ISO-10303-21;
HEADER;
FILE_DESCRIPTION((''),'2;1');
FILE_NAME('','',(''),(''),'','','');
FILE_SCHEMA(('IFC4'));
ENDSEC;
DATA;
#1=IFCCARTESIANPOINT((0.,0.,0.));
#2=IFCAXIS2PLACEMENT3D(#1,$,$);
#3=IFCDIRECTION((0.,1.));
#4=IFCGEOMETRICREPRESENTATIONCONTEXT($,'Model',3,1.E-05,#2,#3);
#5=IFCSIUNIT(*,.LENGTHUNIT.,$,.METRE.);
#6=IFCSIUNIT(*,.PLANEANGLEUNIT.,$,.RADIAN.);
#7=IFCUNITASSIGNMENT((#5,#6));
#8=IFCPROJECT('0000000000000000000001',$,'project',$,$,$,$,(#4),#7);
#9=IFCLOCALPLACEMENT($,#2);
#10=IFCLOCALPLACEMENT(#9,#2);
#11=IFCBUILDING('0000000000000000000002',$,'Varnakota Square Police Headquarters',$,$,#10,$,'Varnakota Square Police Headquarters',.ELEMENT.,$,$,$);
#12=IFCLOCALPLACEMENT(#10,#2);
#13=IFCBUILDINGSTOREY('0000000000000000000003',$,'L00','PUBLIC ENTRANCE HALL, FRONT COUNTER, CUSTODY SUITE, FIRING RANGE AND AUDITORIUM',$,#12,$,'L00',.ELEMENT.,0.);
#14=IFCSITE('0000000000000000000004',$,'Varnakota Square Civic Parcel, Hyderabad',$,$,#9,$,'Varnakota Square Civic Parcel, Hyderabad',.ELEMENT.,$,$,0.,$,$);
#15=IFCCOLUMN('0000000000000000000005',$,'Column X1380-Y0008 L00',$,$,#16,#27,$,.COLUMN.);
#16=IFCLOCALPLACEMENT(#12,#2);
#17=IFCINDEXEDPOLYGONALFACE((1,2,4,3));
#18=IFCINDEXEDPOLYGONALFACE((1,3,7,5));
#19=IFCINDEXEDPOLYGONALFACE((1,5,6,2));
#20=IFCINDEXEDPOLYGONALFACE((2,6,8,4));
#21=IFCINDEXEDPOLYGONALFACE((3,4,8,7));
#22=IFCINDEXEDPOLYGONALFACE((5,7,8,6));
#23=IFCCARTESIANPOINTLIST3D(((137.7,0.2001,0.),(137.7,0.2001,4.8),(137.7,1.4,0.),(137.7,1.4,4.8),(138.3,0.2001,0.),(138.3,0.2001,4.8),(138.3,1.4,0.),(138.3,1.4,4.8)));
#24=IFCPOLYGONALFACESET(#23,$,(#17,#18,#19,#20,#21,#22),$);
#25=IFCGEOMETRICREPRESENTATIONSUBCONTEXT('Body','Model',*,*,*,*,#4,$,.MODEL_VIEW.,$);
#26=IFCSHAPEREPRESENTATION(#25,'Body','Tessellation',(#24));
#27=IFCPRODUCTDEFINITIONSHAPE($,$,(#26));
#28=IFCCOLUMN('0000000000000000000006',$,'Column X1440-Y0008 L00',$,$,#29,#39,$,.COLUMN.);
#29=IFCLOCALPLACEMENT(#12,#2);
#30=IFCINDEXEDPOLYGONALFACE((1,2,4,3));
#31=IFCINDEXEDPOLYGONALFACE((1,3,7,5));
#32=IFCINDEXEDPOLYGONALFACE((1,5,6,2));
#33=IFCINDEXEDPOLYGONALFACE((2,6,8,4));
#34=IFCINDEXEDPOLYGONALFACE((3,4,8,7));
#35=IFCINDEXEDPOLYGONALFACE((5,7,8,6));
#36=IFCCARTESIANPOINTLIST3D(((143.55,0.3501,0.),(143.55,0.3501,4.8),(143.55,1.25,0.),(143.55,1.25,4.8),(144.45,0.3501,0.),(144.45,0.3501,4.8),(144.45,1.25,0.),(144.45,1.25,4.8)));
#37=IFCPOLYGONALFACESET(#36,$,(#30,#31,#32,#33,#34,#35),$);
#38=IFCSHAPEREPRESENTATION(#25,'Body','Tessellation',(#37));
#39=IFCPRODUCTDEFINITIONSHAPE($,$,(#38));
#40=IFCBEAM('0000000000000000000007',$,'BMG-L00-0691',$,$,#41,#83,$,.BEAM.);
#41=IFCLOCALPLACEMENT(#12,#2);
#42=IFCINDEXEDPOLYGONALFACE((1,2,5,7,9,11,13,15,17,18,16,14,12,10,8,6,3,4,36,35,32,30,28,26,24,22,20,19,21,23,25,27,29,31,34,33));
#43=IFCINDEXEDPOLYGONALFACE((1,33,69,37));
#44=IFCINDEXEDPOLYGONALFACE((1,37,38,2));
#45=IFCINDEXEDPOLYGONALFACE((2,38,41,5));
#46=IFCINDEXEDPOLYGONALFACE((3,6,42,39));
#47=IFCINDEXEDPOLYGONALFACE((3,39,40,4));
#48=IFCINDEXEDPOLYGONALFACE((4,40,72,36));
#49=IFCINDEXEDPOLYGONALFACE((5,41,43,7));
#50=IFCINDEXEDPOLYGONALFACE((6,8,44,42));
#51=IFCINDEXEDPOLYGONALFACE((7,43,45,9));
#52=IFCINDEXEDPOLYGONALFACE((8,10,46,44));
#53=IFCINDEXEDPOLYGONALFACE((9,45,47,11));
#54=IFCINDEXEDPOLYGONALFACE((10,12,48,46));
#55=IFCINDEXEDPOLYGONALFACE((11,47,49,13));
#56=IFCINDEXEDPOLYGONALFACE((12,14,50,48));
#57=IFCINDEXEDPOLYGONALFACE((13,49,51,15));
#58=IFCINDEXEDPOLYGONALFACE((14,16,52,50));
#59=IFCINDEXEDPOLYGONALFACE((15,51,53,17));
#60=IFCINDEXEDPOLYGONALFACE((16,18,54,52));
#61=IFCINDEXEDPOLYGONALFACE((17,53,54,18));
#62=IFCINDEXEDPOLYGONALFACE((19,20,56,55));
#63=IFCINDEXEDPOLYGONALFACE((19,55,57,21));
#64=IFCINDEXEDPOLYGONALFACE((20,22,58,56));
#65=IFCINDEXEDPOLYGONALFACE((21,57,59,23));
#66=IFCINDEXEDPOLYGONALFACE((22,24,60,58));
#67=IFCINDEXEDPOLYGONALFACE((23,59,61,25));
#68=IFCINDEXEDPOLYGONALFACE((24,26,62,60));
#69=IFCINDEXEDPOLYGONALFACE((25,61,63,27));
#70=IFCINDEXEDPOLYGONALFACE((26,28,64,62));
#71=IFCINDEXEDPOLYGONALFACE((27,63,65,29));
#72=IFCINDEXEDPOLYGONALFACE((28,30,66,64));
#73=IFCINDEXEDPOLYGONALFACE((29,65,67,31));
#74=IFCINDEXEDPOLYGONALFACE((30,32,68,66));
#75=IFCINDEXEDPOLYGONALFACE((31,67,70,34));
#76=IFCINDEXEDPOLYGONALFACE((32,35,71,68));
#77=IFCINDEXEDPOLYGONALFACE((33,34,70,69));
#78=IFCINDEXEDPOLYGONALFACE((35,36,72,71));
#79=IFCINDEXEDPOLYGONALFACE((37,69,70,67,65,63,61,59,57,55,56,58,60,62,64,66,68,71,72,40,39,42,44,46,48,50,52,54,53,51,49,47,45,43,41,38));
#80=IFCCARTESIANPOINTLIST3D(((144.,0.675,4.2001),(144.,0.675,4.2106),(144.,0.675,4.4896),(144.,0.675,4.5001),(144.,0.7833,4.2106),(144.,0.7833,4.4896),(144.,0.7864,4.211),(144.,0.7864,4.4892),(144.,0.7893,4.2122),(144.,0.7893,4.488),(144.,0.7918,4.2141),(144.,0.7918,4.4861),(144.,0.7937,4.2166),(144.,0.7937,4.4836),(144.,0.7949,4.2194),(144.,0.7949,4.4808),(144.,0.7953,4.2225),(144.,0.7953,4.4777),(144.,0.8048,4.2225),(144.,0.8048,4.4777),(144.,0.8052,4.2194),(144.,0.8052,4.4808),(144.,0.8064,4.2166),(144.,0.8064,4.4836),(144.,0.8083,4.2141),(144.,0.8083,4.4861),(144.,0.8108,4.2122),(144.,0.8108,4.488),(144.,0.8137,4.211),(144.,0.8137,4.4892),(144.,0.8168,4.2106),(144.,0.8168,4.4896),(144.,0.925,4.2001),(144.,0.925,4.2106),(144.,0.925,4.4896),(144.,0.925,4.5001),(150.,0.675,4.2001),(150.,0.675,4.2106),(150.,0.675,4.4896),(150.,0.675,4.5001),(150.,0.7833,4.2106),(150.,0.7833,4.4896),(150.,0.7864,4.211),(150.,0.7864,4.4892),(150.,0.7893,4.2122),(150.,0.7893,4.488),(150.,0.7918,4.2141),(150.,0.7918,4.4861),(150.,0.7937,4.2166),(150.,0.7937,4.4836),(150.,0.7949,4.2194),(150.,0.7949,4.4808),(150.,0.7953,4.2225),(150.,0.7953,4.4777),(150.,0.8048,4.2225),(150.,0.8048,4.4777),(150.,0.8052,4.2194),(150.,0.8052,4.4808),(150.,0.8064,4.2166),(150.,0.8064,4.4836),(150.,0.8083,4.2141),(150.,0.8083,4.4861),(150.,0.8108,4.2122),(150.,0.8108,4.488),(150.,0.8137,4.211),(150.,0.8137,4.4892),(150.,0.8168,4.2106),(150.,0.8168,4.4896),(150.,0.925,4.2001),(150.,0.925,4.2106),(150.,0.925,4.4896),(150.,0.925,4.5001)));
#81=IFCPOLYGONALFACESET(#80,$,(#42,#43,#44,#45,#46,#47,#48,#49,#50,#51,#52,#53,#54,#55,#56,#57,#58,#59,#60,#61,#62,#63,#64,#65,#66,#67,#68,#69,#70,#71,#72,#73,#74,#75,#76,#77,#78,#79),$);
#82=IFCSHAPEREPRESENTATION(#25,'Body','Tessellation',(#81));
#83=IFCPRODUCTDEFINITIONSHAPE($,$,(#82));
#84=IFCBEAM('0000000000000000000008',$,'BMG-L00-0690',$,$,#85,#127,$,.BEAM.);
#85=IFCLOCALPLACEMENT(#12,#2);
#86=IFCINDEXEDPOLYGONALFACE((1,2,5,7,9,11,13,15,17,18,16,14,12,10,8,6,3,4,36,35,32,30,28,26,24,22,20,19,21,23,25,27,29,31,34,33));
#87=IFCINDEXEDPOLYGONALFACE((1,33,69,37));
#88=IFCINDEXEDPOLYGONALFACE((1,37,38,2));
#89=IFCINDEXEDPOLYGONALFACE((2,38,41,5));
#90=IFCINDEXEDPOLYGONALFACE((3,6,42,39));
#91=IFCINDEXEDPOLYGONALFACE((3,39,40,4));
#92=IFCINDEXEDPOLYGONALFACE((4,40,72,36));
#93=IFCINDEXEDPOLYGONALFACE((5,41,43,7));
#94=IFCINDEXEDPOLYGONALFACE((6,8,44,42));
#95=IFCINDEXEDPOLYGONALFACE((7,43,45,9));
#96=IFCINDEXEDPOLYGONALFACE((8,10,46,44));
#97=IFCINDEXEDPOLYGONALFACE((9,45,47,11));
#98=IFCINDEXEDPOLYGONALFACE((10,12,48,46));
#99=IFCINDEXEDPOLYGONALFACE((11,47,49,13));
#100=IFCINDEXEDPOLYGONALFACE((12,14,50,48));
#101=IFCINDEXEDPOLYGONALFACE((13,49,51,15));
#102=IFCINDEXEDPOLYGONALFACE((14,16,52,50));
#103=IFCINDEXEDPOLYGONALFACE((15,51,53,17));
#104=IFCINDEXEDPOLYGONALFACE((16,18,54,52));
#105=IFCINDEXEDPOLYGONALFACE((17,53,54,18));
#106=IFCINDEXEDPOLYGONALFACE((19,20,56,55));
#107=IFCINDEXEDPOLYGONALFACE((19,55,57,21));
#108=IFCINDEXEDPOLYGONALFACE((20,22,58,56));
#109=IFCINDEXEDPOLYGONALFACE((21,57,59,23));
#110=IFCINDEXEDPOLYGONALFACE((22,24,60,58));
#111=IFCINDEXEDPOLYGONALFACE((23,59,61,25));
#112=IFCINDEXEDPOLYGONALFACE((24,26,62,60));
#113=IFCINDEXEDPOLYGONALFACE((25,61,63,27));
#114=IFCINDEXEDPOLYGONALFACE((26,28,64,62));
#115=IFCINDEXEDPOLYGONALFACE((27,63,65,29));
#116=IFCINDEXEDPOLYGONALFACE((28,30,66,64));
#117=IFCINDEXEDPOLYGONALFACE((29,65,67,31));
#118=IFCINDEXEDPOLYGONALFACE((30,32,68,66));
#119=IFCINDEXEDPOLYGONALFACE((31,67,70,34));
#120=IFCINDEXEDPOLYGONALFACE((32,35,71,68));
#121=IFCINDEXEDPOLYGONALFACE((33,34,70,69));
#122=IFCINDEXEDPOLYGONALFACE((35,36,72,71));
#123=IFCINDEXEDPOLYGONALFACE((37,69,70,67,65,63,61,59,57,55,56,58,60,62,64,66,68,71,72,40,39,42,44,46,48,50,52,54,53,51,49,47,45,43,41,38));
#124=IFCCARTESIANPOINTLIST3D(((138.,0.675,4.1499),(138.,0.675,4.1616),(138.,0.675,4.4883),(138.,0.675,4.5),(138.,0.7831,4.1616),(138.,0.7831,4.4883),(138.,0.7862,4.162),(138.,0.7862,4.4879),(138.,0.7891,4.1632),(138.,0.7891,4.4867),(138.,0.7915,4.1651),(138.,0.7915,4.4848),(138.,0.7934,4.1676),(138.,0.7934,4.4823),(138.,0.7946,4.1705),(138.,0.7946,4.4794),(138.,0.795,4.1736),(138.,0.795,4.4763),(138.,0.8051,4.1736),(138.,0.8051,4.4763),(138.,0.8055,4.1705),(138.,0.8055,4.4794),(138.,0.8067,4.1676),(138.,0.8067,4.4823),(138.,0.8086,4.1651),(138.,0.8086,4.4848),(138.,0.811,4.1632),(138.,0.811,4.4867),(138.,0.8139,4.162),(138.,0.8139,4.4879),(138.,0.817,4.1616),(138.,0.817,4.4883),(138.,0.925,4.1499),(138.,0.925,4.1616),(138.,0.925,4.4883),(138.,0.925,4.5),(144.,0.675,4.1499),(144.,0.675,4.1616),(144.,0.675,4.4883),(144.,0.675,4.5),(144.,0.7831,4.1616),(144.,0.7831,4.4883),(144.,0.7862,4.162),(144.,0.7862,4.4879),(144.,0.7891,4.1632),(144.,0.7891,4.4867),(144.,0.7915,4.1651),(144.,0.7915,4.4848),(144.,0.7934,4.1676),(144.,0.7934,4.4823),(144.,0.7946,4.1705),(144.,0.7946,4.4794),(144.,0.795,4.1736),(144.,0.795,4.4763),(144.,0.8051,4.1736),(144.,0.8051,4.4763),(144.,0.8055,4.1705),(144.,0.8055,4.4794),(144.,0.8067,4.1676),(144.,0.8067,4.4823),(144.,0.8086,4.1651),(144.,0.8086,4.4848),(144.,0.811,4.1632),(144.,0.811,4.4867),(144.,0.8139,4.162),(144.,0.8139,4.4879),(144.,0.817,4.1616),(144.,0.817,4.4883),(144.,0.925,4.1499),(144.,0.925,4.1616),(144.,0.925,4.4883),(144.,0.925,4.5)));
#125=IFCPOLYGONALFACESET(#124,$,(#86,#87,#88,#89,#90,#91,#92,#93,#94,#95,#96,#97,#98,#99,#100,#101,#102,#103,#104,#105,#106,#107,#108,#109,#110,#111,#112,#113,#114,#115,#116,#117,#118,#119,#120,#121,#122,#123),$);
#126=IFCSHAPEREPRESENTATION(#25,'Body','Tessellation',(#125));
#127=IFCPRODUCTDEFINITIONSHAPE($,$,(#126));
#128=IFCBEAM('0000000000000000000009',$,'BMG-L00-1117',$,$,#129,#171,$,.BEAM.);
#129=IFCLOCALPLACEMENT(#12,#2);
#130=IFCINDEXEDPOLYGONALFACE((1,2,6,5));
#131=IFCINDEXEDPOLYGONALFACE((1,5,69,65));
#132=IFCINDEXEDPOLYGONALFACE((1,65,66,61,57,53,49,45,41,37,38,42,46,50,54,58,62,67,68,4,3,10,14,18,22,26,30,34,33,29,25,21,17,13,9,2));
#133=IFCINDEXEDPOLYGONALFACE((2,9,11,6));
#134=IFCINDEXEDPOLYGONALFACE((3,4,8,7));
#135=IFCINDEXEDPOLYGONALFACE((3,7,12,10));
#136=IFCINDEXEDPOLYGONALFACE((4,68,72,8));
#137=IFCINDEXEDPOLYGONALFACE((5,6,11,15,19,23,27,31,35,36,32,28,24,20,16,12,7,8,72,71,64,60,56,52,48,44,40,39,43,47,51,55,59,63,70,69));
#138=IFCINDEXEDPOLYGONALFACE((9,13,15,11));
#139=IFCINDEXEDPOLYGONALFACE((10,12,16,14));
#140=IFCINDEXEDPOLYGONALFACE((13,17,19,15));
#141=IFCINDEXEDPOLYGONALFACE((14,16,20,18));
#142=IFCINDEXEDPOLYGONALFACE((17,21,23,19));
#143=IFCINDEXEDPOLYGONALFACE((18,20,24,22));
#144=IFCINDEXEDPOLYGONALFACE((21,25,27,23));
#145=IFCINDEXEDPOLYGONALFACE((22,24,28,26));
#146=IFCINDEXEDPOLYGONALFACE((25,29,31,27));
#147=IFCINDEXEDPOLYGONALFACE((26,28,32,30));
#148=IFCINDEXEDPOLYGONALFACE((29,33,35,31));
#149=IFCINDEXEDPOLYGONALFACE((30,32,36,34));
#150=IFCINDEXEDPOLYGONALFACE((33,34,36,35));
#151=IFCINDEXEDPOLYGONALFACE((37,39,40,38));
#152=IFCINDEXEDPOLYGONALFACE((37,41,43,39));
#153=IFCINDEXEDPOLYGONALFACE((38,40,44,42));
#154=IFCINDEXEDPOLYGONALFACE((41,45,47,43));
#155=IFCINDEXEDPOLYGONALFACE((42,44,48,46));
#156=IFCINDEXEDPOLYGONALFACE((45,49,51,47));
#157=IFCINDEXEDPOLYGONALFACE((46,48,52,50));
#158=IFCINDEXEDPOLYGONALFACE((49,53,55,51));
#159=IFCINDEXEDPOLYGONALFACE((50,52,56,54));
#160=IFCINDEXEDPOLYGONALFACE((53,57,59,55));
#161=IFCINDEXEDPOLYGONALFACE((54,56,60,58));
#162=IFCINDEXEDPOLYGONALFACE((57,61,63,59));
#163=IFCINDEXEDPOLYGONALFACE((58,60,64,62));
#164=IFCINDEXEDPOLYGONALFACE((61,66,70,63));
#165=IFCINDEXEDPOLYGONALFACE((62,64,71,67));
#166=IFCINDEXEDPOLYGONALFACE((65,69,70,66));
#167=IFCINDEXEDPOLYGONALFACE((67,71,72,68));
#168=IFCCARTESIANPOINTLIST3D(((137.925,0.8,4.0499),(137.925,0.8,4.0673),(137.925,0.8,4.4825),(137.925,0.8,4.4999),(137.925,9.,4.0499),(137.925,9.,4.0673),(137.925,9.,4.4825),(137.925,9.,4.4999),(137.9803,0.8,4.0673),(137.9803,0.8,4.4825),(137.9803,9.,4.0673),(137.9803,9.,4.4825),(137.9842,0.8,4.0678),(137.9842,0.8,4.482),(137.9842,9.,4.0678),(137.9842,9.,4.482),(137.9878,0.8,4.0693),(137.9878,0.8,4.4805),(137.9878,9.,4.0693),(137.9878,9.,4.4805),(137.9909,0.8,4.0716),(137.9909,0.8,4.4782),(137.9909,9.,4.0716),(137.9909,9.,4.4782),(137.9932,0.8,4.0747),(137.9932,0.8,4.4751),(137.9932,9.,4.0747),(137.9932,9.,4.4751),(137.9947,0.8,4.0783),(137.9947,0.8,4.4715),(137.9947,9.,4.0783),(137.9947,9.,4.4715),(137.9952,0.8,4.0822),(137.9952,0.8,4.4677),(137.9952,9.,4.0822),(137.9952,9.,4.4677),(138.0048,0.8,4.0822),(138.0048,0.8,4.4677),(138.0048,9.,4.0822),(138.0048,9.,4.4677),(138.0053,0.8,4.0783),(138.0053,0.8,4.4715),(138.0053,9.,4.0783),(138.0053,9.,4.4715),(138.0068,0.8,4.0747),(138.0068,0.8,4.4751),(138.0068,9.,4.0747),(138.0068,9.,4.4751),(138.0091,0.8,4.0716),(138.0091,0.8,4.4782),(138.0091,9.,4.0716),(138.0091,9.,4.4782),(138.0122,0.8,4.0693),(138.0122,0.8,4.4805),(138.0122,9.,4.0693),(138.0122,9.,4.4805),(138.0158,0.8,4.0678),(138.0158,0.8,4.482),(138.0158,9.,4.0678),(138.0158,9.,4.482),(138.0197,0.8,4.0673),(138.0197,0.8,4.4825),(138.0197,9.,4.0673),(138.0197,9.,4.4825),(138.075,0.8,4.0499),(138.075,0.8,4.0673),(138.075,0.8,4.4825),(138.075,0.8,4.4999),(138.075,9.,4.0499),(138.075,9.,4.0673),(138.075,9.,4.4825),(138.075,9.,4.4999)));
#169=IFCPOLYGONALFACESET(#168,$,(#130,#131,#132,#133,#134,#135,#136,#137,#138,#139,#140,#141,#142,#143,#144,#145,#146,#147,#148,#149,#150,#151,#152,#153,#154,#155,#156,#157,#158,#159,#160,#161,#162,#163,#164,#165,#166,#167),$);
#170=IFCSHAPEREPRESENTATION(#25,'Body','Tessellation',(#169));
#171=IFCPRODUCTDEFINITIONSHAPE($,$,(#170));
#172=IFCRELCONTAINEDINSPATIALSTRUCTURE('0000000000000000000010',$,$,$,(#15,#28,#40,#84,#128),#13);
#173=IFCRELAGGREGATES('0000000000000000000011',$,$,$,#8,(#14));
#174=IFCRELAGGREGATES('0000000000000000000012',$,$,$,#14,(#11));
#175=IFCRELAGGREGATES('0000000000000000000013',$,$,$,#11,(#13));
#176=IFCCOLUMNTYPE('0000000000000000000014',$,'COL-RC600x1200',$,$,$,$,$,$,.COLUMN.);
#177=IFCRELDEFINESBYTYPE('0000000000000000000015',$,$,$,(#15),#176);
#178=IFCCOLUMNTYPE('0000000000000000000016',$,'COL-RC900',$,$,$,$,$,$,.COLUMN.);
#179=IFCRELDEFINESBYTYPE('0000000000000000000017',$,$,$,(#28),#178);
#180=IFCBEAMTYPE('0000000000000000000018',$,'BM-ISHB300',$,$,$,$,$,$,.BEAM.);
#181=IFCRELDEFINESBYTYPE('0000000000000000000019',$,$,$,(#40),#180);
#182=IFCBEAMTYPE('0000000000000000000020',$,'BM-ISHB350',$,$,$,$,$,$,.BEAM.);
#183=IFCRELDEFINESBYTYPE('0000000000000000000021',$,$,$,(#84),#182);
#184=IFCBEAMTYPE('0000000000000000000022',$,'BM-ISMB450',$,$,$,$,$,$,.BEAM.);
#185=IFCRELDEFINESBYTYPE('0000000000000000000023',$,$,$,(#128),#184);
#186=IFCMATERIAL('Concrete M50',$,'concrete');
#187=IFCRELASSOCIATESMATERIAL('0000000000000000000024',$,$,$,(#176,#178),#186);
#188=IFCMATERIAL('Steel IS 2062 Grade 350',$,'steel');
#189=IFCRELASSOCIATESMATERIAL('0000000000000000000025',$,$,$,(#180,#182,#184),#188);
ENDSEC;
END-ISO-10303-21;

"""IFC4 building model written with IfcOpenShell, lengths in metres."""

from ifc_helpers import new_model, si_unit, direction, frame, origin, origin_2d, place, context, subcontext, project, spatial, rectangle, i_section, extrude, material, material_profile, profile_set, type_object, element, save


model = new_model("IFC4")

# Units and contexts
model_context = context("Model", 3, precision=1e-05, world=origin(), true_north=direction((0.0, 1.0)))
body_context = subcontext(model_context, "Body", "Model", "MODEL_VIEW")
ifc_project = project(units=[si_unit("LENGTHUNIT", "METRE"), si_unit("PLANEANGLEUNIT", "RADIAN")], contexts=[model_context])

# Site, building, storey
site_placement = place(None, origin())
site = spatial("IfcSite", under=ifc_project, at=site_placement, Name="Varnakota Square Civic Parcel, Hyderabad", LongName="Varnakota Square Civic Parcel, Hyderabad", CompositionType="ELEMENT", RefElevation=0.0)
building_placement = place(site_placement, origin())
building = spatial("IfcBuilding", under=site, at=building_placement, Name="Varnakota Square Police Headquarters", LongName="Varnakota Square Police Headquarters", CompositionType="ELEMENT")
storey_placement = place(building_placement, origin())
storey = spatial("IfcBuildingStorey", under=building, at=storey_placement, Name="L00", Description="PUBLIC ENTRANCE HALL, FRONT COUNTER, CUSTODY SUITE, FIRING RANGE AND AUDITORIUM", LongName="L00", CompositionType="ELEMENT", Elevation=0.0)

# Columns
ifc_material_1 = material(Name="Concrete M50", Category="concrete")
ifc_material_profile_1 = material_profile(ifc_material_1, rectangle(XDim=0.6001, YDim=1.2, at=origin_2d()), Name="RC 600x1200")
ifc_profile_set_1 = profile_set([ifc_material_profile_1], Name="Concrete M50")
column_type_1 = type_object("IfcColumnType", Name="COL-RC600x1200", PredefinedType="COLUMN", material=ifc_profile_set_1)
column_1_placement = place(storey_placement, frame((138.0, 0.8, 0.0), z_axis=(0.0, 0.0, 1.0), x_axis=(1.0, 0.0, 0.0)))
element("IfcColumn", 1, at=column_1_placement, inside=storey, type_object=column_type_1, Name="Column X1380-Y0008 L00", PredefinedType="COLUMN", context=body_context, shape_type="SweptSolid", body=[
    extrude(rectangle(XDim=0.6001, YDim=1.2, at=origin_2d()), origin(), (0.0, 0.0, 1.0), 4.8),
])
ifc_material_profile_2 = material_profile(ifc_material_1, rectangle(XDim=0.8999, YDim=0.8999, at=origin_2d()), Name="RC 900x900")
ifc_profile_set_2 = profile_set([ifc_material_profile_2], Name="Concrete M50")
column_type_2 = type_object("IfcColumnType", Name="COL-RC900", PredefinedType="COLUMN", material=ifc_profile_set_2)
column_2_placement = place(storey_placement, frame((144.0, 0.8, 0.0), z_axis=(0.0, 0.0, 1.0), x_axis=(1.0, 0.0, 0.0)))
element("IfcColumn", 2, at=column_2_placement, inside=storey, type_object=column_type_2, Name="Column X1440-Y0008 L00", PredefinedType="COLUMN", context=body_context, shape_type="SweptSolid", body=[
    extrude(rectangle(XDim=0.8999, YDim=0.8999, at=origin_2d()), origin(), (0.0, 0.0, 1.0), 4.8),
])

# Beams
ifc_material_2 = material(Name="Steel IS 2062 Grade 350", Category="steel")
ifc_material_profile_3 = material_profile(ifc_material_2, i_section(OverallWidth=0.25, OverallDepth=0.3, WebThickness=0.0095, FlangeThickness=0.0105, FilletRadius=0.012, at=origin_2d()), Name="ISHB 300")
ifc_profile_set_3 = profile_set([ifc_material_profile_3], Name="Steel IS 2062 Grade 350")
beam_type_1 = type_object("IfcBeamType", Name="BM-ISHB300", PredefinedType="BEAM", material=ifc_profile_set_3)
beam_1_placement = place(storey_placement, frame((144.0, 0.8, 4.3501), z_axis=(1.0, 0.0, 0.0), x_axis=(0.0, 1.0, 0.0)))
element("IfcBeam", 3, at=beam_1_placement, inside=storey, type_object=beam_type_1, Name="BMG-L00-0691", PredefinedType="BEAM", context=body_context, shape_type="SweptSolid", body=[
    extrude(i_section(OverallWidth=0.25, OverallDepth=0.3, WebThickness=0.0095, FlangeThickness=0.0105, FilletRadius=0.012, at=origin_2d()), origin(), (0.0, 0.0, 1.0), 6.0),
])
ifc_material_profile_4 = material_profile(ifc_material_2, i_section(OverallWidth=0.25, OverallDepth=0.3501, WebThickness=0.01, FlangeThickness=0.0117, FilletRadius=0.012, at=origin_2d()), Name="ISHB 350")
ifc_profile_set_4 = profile_set([ifc_material_profile_4], Name="Steel IS 2062 Grade 350")
beam_type_2 = type_object("IfcBeamType", Name="BM-ISHB350", PredefinedType="BEAM", material=ifc_profile_set_4)
beam_2_placement = place(storey_placement, frame((138.0, 0.8, 4.325), z_axis=(1.0, 0.0, 0.0), x_axis=(0.0, 1.0, 0.0)))
element("IfcBeam", 4, at=beam_2_placement, inside=storey, type_object=beam_type_2, Name="BMG-L00-0690", PredefinedType="BEAM", context=body_context, shape_type="SweptSolid", body=[
    extrude(i_section(OverallWidth=0.25, OverallDepth=0.3501, WebThickness=0.01, FlangeThickness=0.0117, FilletRadius=0.012, at=origin_2d()), origin(), (0.0, 0.0, 1.0), 6.0),
])
ifc_material_profile_5 = material_profile(ifc_material_2, i_section(OverallWidth=0.1499, OverallDepth=0.45, WebThickness=0.0095, FlangeThickness=0.0173, FilletRadius=0.0149, at=origin_2d()), Name="ISMB 450")
ifc_profile_set_5 = profile_set([ifc_material_profile_5], Name="Steel IS 2062 Grade 350")
beam_type_3 = type_object("IfcBeamType", Name="BM-ISMB450", PredefinedType="BEAM", material=ifc_profile_set_5)
for number, where, z_axis, x_axis, name in (
    (5, (138.0, 0.8, 4.2749), (0.0, 1.0, 0.0), (-1.0, 0.0, 0.0), "BMG-L00-1117"),
):
    element("IfcBeam", number, at=place(storey_placement, frame(where, z_axis=z_axis, x_axis=x_axis)), inside=storey, type_object=beam_type_3, Name=name, PredefinedType="BEAM", context=body_context, shape_type="SweptSolid", body=[
        extrude(i_section(OverallWidth=0.1499, OverallDepth=0.45, WebThickness=0.0095, FlangeThickness=0.0173, FilletRadius=0.0149, at=origin_2d()), origin(), (0.0, 0.0, 1.0), 8.2),
    ])

save(model, "model.ifc")
